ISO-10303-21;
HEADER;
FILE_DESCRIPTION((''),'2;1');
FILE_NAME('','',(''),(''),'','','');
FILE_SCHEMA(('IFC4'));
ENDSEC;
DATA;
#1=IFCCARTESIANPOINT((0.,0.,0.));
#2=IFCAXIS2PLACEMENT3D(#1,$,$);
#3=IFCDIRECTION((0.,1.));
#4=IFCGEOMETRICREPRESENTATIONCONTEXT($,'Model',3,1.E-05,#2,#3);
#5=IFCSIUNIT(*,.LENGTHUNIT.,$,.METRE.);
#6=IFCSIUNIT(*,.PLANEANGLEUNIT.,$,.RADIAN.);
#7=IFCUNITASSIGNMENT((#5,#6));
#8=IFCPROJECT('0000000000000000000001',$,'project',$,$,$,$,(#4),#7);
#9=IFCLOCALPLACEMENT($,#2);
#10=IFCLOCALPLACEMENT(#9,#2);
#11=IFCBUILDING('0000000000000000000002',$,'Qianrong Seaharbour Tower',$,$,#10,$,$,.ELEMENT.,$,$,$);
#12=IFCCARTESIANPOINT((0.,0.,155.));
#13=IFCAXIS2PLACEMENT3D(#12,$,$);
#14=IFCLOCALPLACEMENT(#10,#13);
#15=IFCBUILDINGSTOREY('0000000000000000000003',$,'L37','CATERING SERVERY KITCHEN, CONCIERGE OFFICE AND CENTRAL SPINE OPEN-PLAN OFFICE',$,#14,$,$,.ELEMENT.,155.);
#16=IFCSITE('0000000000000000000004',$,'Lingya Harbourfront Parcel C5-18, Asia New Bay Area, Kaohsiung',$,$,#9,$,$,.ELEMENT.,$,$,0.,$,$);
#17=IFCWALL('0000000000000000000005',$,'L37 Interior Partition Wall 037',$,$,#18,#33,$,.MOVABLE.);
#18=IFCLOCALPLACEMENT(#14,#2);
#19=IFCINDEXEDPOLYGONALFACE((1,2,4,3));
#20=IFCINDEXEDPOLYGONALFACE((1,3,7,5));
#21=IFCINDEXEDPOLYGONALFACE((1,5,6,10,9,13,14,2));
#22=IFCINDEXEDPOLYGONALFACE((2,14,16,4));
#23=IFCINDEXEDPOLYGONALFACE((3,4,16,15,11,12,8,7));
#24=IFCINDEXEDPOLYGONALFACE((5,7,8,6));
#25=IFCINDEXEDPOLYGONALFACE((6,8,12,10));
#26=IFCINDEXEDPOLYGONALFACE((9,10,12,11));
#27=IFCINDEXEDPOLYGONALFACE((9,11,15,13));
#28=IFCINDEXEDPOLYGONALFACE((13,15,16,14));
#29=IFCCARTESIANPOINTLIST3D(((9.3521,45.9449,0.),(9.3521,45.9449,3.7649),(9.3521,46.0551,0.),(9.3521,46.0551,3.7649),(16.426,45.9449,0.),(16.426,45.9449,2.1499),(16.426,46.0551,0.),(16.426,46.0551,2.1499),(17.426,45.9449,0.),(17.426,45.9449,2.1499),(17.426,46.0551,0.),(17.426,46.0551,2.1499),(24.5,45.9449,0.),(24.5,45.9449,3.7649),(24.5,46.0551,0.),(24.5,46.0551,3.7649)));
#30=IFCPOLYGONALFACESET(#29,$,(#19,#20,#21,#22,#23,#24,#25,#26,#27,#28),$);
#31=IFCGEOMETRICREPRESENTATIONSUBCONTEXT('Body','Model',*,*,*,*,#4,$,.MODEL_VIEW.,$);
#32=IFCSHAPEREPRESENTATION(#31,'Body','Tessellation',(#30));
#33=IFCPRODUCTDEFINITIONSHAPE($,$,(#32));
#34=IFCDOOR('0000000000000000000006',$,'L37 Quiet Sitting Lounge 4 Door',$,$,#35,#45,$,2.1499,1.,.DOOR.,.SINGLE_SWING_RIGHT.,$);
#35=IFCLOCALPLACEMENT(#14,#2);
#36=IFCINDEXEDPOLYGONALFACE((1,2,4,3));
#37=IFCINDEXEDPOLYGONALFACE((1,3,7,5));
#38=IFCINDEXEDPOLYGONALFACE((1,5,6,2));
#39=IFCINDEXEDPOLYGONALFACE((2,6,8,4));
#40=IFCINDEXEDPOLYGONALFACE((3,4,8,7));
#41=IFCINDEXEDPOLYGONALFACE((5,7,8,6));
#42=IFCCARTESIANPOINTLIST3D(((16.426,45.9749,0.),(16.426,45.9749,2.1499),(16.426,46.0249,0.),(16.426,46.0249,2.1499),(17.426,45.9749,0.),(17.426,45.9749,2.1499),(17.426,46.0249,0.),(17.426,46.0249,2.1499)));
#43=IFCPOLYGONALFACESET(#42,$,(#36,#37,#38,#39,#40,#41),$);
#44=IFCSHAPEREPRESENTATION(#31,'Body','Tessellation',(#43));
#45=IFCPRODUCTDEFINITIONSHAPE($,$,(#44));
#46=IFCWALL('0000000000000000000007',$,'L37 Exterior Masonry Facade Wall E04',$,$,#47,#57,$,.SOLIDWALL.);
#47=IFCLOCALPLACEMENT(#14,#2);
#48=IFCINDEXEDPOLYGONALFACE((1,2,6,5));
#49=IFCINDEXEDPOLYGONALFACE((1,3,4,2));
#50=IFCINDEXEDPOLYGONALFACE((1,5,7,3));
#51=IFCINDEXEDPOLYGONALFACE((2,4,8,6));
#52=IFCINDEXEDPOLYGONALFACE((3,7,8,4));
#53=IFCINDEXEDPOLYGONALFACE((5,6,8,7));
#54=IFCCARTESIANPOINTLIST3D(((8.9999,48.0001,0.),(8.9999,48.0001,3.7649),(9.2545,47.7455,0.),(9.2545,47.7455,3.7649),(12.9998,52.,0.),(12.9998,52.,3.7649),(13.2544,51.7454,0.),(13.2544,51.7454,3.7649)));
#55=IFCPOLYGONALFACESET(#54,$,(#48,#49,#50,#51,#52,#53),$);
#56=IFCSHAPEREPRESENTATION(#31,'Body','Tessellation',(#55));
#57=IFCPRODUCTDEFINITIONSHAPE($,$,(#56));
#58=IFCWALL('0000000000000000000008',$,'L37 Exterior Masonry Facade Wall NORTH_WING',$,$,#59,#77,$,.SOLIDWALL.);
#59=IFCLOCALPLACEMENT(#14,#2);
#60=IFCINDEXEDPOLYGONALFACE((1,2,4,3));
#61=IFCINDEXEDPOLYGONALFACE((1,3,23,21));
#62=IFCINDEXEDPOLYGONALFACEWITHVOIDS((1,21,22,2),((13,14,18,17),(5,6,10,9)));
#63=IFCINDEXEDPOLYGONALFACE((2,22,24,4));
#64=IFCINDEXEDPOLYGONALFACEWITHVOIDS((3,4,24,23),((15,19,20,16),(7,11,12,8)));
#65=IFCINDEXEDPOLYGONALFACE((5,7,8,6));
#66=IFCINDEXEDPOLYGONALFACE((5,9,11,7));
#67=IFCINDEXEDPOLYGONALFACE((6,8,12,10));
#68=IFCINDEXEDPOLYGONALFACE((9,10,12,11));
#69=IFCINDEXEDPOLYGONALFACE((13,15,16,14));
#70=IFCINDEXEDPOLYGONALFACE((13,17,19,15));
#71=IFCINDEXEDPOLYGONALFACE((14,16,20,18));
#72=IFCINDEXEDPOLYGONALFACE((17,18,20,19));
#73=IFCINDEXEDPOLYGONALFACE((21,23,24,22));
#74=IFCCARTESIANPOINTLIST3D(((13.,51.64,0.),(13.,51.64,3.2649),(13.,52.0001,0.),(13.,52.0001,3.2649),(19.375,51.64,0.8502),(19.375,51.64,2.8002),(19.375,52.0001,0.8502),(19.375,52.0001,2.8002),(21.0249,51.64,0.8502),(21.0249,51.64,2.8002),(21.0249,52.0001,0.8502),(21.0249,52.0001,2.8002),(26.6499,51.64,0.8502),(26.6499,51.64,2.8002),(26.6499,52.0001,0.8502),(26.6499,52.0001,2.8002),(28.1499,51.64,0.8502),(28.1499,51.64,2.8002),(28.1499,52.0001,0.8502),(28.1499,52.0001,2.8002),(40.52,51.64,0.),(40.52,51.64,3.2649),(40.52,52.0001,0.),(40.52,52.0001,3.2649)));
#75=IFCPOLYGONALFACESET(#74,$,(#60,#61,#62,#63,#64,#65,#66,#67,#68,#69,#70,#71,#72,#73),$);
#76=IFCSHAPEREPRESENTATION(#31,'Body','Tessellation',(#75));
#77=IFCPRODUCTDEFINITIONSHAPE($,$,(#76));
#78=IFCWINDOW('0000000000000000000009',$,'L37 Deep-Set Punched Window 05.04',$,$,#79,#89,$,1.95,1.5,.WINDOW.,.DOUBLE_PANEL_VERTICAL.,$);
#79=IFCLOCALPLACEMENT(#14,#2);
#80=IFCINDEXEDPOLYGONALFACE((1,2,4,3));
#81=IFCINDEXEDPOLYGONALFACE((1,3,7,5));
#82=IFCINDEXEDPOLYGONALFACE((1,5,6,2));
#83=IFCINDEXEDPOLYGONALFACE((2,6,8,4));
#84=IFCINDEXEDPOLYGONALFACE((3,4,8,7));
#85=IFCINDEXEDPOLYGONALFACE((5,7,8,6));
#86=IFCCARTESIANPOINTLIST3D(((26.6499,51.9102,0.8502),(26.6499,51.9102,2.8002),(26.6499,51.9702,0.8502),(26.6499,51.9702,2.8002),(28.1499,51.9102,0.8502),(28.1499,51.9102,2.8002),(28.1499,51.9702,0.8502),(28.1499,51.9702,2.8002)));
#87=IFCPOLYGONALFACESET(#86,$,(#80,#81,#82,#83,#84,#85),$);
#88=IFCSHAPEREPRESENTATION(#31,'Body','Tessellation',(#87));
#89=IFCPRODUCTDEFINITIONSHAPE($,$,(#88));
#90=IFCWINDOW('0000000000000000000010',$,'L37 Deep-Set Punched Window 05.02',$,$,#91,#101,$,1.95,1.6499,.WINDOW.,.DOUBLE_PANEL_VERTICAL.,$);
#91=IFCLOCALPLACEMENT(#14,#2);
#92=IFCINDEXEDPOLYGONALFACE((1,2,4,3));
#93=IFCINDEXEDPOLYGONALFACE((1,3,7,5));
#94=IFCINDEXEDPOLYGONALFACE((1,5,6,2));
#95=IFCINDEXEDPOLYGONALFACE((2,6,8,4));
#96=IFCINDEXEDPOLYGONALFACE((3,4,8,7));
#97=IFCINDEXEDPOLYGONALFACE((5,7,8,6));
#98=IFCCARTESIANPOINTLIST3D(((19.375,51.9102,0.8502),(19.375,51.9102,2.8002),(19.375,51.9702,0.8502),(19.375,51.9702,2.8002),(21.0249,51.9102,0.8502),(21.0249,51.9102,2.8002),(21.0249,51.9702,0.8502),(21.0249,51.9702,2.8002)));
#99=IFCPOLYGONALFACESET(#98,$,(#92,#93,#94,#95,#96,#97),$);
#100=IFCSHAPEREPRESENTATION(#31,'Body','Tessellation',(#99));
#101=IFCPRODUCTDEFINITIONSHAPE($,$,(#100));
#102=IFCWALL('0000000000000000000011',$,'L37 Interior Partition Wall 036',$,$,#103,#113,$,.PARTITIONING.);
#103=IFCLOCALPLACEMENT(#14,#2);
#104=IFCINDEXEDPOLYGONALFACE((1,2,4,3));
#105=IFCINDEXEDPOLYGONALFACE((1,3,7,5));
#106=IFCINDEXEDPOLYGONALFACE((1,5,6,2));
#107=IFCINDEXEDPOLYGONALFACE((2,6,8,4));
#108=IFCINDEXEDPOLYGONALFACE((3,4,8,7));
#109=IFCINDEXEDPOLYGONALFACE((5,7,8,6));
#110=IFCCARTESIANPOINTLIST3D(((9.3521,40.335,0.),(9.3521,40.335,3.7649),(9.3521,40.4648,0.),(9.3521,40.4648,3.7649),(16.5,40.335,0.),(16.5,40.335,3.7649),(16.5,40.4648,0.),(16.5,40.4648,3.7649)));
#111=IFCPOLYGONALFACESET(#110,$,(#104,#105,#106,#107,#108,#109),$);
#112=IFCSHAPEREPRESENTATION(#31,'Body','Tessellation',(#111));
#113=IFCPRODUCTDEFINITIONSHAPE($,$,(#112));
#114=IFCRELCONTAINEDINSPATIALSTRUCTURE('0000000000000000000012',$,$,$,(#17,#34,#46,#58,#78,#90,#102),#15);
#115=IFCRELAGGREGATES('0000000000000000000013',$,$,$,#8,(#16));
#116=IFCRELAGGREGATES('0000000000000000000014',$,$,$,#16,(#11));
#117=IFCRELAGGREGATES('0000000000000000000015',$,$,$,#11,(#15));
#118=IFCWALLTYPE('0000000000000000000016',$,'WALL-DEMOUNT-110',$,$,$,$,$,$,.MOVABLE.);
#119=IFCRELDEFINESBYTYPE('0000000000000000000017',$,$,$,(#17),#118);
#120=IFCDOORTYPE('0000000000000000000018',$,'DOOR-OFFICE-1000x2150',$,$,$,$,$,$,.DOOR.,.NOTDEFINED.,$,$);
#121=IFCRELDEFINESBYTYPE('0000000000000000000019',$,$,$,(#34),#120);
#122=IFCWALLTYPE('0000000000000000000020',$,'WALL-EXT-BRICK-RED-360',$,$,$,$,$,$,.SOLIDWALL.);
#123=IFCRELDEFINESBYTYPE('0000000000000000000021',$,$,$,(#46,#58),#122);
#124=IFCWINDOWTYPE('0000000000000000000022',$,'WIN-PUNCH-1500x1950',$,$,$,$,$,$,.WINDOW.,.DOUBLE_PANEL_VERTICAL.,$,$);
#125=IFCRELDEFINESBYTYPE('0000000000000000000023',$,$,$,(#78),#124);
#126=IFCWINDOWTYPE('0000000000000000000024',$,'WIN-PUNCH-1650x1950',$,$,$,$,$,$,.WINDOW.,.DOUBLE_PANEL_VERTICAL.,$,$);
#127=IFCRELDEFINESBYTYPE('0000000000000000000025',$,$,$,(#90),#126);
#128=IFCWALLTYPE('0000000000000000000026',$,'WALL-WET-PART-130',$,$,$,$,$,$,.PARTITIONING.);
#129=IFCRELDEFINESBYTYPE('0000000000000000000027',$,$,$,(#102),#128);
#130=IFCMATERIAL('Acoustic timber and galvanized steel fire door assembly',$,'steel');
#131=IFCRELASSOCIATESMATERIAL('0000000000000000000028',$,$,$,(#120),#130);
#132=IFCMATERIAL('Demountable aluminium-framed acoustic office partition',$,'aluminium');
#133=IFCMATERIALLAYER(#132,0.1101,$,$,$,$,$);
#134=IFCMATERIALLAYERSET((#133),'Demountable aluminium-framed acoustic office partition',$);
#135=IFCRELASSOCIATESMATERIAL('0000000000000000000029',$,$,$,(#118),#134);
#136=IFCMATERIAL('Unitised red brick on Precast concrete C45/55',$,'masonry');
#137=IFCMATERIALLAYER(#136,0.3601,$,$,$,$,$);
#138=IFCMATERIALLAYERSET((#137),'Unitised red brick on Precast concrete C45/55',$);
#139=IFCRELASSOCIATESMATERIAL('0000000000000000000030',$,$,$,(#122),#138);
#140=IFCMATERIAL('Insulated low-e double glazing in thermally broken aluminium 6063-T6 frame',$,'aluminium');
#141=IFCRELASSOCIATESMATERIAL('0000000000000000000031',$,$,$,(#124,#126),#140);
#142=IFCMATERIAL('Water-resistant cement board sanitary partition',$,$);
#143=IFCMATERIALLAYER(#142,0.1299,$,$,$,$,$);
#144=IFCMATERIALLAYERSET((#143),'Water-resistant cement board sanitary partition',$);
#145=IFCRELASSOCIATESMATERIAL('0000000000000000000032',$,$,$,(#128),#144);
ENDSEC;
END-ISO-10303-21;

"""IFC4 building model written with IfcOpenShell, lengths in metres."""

from ifc_helpers import new_model, si_unit, direction, frame, frame_2d, origin, place, context, subcontext, project, spatial, rectangle, extrude, material, layer, layer_set, type_object, element, fill, save


model = new_model("IFC4")

# Units and contexts
model_context = context("Model", 3, precision=1e-05, world=origin(), true_north=direction((0.0, 1.0)))
body_context = subcontext(model_context, "Body", "Model", "MODEL_VIEW")
ifc_project = project(units=[si_unit("LENGTHUNIT", "METRE"), si_unit("PLANEANGLEUNIT", "RADIAN")], contexts=[model_context])

# Site, building, storey
site_placement = place(None, origin())
site = spatial("IfcSite", under=ifc_project, at=site_placement, Name="Lingya Harbourfront Parcel C5-18, Asia New Bay Area, Kaohsiung", CompositionType="ELEMENT", RefElevation=0.0)
building_placement = place(site_placement, origin())
building = spatial("IfcBuilding", under=site, at=building_placement, Name="Qianrong Seaharbour Tower", CompositionType="ELEMENT")
storey_placement = place(building_placement, frame((0.0, 0.0, 155.0)))
storey = spatial("IfcBuildingStorey", under=building, at=storey_placement, Name="L37", Description="CATERING SERVERY KITCHEN, CONCIERGE OFFICE AND CENTRAL SPINE OPEN-PLAN OFFICE", CompositionType="ELEMENT", Elevation=155.0)

# Shared definitions
ifc_material_1 = material(Name="Acoustic timber and galvanized steel fire door assembly", Category="steel")
door_type = type_object("IfcDoorType", Name="DOOR-OFFICE-1000x2150", OperationType="NOTDEFINED", PredefinedType="DOOR", material=ifc_material_1)

# Shared definitions
ifc_material_2 = material(Name="Demountable aluminium-framed acoustic office partition", Category="aluminium")
ifc_layer_1 = layer(ifc_material_2, 0.1101)
ifc_layer_set_1 = layer_set([ifc_layer_1], Name="Demountable aluminium-framed acoustic office partition")
wall_type_1 = type_object("IfcWallType", Name="WALL-DEMOUNT-110", PredefinedType="MOVABLE", material=ifc_layer_set_1)

# Wall, opening, door
wall_1_placement = place(storey_placement, frame((9.3521, 46.0, 0.0), z_axis=(0.0, 0.0, 1.0), x_axis=(1.0, 0.0, 0.0)))
wall_1 = element("IfcWall", 1, at=wall_1_placement, inside=storey, type_object=wall_type_1, Name="L37 Interior Partition Wall 037", PredefinedType="MOVABLE", context=body_context, shape_type="SweptSolid", body=[
    extrude(rectangle(XDim=15.1479, YDim=0.1101, at=frame_2d((7.574, 0.0))), origin(), (0.0, 0.0, 1.0), 3.7649),
])
opening_1_placement = place(wall_1_placement, frame((7.074, 0.0, 0.0)))
opening_1 = element("IfcOpeningElement", 2, at=opening_1_placement, cuts=wall_1, PredefinedType="OPENING", context=body_context, shape_type="SweptSolid", body=[
    extrude(rectangle(XDim=1.0, YDim=2.1499, at=frame_2d((0.5, 1.075))), frame((0.0, 0.0649, 0.0), z_axis=(0.0, -1.0, 0.0), x_axis=(1.0, 0.0, 0.0)), (0.0, 0.0, 1.0), 0.1301),
])
door_1_placement = place(opening_1_placement, origin())
door_1 = element("IfcDoor", 3, at=door_1_placement, inside=storey, type_object=door_type, Name="L37 Quiet Sitting Lounge 4 Door", OperationType="SINGLE_SWING_RIGHT", OverallHeight=2.1499, OverallWidth=1.0, PredefinedType="DOOR", context=body_context, shape_type="SweptSolid", body=[
    extrude(rectangle(XDim=1.0, YDim=2.1499, at=frame_2d((0.5, 1.075))), frame((0.0, 0.0249, 0.0), z_axis=(0.0, -1.0, 0.0), x_axis=(1.0, 0.0, 0.0)), (0.0, 0.0, 1.0), 0.05),
])
fill(opening_1, door_1)

# Wall
ifc_material_3 = material(Name="Unitised red brick on Precast concrete C45/55", Category="masonry")
ifc_layer_2 = layer(ifc_material_3, 0.3601)
ifc_layer_set_2 = layer_set([ifc_layer_2], Name="Unitised red brick on Precast concrete C45/55")
wall_type_2 = type_object("IfcWallType", Name="WALL-EXT-BRICK-RED-360", PredefinedType="SOLIDWALL", material=ifc_layer_set_2)
wall_2_placement = place(storey_placement, frame((9.1272, 47.8728, 0.0), z_axis=(0.0, 0.0, 1.0), x_axis=(0.707107, 0.707107, 0.0)))
element("IfcWall", 4, at=wall_2_placement, inside=storey, type_object=wall_type_2, Name="L37 Exterior Masonry Facade Wall E04", PredefinedType="SOLIDWALL", context=body_context, shape_type="SweptSolid", body=[
    extrude(rectangle(XDim=5.6567, YDim=0.3601, at=frame_2d((2.8284, 0.0))), origin(), (0.0, 0.0, 1.0), 3.7649),
])

# Wall, openings, windows
wall_3_placement = place(storey_placement, frame((13.0, 51.8201, 0.0), z_axis=(0.0, 0.0, 1.0), x_axis=(1.0, 0.0, 0.0)))
wall_3 = element("IfcWall", 5, at=wall_3_placement, inside=storey, type_object=wall_type_2, Name="L37 Exterior Masonry Facade Wall NORTH_WING", PredefinedType="SOLIDWALL", context=body_context, shape_type="SweptSolid", body=[
    extrude(rectangle(XDim=27.52, YDim=0.3601, at=frame_2d((13.76, 0.0))), origin(), (0.0, 0.0, 1.0), 3.2649),
])
opening_2_placement = place(wall_3_placement, frame((6.375, 0.0, 0.8501)))
opening_2 = element("IfcOpeningElement", 6, at=opening_2_placement, cuts=wall_3, PredefinedType="OPENING", context=body_context, shape_type="SweptSolid", body=[
    extrude(rectangle(XDim=1.6499, YDim=1.95, at=frame_2d((0.825, 0.9751))), frame((0.0, 0.1899, 0.0), z_axis=(0.0, -1.0, 0.0), x_axis=(1.0, 0.0, 0.0)), (0.0, 0.0, 1.0), 0.3801),
])
opening_3_placement = place(wall_3_placement, frame((13.6499, 0.0, 0.8501)))
opening_3 = element("IfcOpeningElement", 7, at=opening_3_placement, cuts=wall_3, PredefinedType="OPENING", context=body_context, shape_type="SweptSolid", body=[
    extrude(rectangle(XDim=1.5, YDim=1.95, at=frame_2d((0.75, 0.9751))), frame((0.0, 0.1899, 0.0), z_axis=(0.0, -1.0, 0.0), x_axis=(1.0, 0.0, 0.0)), (0.0, 0.0, 1.0), 0.3801),
])
ifc_material_4 = material(Name="Insulated low-e double glazing in thermally broken aluminium 6063-T6 frame", Category="aluminium")
window_type_1 = type_object("IfcWindowType", Name="WIN-PUNCH-1500x1950", PartitioningType="DOUBLE_PANEL_VERTICAL", PredefinedType="WINDOW", material=ifc_material_4)
window_1_placement = place(opening_3_placement, origin())
window_1 = element("IfcWindow", 8, at=window_1_placement, inside=storey, type_object=window_type_1, Name="L37 Deep-Set Punched Window 05.04", OverallHeight=1.95, OverallWidth=1.5, PartitioningType="DOUBLE_PANEL_VERTICAL", PredefinedType="WINDOW", context=body_context, shape_type="SweptSolid", body=[
    extrude(rectangle(XDim=1.5, YDim=1.95, at=frame_2d((0.75, 0.9751))), frame((0.0, 0.1501, 0.0), z_axis=(0.0, -1.0, 0.0), x_axis=(1.0, 0.0, 0.0)), (0.0, 0.0, 1.0), 0.0601),
])
fill(opening_3, window_1)
window_type_2 = type_object("IfcWindowType", Name="WIN-PUNCH-1650x1950", PartitioningType="DOUBLE_PANEL_VERTICAL", PredefinedType="WINDOW", material=ifc_material_4)
window_2_placement = place(opening_2_placement, origin())
window_2 = element("IfcWindow", 9, at=window_2_placement, inside=storey, type_object=window_type_2, Name="L37 Deep-Set Punched Window 05.02", OverallHeight=1.95, OverallWidth=1.6499, PartitioningType="DOUBLE_PANEL_VERTICAL", PredefinedType="WINDOW", context=body_context, shape_type="SweptSolid", body=[
    extrude(rectangle(XDim=1.6499, YDim=1.95, at=frame_2d((0.825, 0.9751))), frame((0.0, 0.1501, 0.0), z_axis=(0.0, -1.0, 0.0), x_axis=(1.0, 0.0, 0.0)), (0.0, 0.0, 1.0), 0.0601),
])
fill(opening_2, window_2)

# Wall
ifc_material_5 = material(Name="Water-resistant cement board sanitary partition")
ifc_layer_3 = layer(ifc_material_5, 0.1299)
ifc_layer_set_3 = layer_set([ifc_layer_3], Name="Water-resistant cement board sanitary partition")
wall_type_3 = type_object("IfcWallType", Name="WALL-WET-PART-130", PredefinedType="PARTITIONING", material=ifc_layer_set_3)
wall_4_placement = place(storey_placement, frame((9.3521, 40.3999, 0.0), z_axis=(0.0, 0.0, 1.0), x_axis=(1.0, 0.0, 0.0)))
element("IfcWall", 10, at=wall_4_placement, inside=storey, type_object=wall_type_3, Name="L37 Interior Partition Wall 036", PredefinedType="PARTITIONING", context=body_context, shape_type="SweptSolid", body=[
    extrude(rectangle(XDim=7.1479, YDim=0.1299, at=frame_2d((3.574, 0.0))), origin(), (0.0, 0.0, 1.0), 3.7649),
])

save(model, "model.ifc")
